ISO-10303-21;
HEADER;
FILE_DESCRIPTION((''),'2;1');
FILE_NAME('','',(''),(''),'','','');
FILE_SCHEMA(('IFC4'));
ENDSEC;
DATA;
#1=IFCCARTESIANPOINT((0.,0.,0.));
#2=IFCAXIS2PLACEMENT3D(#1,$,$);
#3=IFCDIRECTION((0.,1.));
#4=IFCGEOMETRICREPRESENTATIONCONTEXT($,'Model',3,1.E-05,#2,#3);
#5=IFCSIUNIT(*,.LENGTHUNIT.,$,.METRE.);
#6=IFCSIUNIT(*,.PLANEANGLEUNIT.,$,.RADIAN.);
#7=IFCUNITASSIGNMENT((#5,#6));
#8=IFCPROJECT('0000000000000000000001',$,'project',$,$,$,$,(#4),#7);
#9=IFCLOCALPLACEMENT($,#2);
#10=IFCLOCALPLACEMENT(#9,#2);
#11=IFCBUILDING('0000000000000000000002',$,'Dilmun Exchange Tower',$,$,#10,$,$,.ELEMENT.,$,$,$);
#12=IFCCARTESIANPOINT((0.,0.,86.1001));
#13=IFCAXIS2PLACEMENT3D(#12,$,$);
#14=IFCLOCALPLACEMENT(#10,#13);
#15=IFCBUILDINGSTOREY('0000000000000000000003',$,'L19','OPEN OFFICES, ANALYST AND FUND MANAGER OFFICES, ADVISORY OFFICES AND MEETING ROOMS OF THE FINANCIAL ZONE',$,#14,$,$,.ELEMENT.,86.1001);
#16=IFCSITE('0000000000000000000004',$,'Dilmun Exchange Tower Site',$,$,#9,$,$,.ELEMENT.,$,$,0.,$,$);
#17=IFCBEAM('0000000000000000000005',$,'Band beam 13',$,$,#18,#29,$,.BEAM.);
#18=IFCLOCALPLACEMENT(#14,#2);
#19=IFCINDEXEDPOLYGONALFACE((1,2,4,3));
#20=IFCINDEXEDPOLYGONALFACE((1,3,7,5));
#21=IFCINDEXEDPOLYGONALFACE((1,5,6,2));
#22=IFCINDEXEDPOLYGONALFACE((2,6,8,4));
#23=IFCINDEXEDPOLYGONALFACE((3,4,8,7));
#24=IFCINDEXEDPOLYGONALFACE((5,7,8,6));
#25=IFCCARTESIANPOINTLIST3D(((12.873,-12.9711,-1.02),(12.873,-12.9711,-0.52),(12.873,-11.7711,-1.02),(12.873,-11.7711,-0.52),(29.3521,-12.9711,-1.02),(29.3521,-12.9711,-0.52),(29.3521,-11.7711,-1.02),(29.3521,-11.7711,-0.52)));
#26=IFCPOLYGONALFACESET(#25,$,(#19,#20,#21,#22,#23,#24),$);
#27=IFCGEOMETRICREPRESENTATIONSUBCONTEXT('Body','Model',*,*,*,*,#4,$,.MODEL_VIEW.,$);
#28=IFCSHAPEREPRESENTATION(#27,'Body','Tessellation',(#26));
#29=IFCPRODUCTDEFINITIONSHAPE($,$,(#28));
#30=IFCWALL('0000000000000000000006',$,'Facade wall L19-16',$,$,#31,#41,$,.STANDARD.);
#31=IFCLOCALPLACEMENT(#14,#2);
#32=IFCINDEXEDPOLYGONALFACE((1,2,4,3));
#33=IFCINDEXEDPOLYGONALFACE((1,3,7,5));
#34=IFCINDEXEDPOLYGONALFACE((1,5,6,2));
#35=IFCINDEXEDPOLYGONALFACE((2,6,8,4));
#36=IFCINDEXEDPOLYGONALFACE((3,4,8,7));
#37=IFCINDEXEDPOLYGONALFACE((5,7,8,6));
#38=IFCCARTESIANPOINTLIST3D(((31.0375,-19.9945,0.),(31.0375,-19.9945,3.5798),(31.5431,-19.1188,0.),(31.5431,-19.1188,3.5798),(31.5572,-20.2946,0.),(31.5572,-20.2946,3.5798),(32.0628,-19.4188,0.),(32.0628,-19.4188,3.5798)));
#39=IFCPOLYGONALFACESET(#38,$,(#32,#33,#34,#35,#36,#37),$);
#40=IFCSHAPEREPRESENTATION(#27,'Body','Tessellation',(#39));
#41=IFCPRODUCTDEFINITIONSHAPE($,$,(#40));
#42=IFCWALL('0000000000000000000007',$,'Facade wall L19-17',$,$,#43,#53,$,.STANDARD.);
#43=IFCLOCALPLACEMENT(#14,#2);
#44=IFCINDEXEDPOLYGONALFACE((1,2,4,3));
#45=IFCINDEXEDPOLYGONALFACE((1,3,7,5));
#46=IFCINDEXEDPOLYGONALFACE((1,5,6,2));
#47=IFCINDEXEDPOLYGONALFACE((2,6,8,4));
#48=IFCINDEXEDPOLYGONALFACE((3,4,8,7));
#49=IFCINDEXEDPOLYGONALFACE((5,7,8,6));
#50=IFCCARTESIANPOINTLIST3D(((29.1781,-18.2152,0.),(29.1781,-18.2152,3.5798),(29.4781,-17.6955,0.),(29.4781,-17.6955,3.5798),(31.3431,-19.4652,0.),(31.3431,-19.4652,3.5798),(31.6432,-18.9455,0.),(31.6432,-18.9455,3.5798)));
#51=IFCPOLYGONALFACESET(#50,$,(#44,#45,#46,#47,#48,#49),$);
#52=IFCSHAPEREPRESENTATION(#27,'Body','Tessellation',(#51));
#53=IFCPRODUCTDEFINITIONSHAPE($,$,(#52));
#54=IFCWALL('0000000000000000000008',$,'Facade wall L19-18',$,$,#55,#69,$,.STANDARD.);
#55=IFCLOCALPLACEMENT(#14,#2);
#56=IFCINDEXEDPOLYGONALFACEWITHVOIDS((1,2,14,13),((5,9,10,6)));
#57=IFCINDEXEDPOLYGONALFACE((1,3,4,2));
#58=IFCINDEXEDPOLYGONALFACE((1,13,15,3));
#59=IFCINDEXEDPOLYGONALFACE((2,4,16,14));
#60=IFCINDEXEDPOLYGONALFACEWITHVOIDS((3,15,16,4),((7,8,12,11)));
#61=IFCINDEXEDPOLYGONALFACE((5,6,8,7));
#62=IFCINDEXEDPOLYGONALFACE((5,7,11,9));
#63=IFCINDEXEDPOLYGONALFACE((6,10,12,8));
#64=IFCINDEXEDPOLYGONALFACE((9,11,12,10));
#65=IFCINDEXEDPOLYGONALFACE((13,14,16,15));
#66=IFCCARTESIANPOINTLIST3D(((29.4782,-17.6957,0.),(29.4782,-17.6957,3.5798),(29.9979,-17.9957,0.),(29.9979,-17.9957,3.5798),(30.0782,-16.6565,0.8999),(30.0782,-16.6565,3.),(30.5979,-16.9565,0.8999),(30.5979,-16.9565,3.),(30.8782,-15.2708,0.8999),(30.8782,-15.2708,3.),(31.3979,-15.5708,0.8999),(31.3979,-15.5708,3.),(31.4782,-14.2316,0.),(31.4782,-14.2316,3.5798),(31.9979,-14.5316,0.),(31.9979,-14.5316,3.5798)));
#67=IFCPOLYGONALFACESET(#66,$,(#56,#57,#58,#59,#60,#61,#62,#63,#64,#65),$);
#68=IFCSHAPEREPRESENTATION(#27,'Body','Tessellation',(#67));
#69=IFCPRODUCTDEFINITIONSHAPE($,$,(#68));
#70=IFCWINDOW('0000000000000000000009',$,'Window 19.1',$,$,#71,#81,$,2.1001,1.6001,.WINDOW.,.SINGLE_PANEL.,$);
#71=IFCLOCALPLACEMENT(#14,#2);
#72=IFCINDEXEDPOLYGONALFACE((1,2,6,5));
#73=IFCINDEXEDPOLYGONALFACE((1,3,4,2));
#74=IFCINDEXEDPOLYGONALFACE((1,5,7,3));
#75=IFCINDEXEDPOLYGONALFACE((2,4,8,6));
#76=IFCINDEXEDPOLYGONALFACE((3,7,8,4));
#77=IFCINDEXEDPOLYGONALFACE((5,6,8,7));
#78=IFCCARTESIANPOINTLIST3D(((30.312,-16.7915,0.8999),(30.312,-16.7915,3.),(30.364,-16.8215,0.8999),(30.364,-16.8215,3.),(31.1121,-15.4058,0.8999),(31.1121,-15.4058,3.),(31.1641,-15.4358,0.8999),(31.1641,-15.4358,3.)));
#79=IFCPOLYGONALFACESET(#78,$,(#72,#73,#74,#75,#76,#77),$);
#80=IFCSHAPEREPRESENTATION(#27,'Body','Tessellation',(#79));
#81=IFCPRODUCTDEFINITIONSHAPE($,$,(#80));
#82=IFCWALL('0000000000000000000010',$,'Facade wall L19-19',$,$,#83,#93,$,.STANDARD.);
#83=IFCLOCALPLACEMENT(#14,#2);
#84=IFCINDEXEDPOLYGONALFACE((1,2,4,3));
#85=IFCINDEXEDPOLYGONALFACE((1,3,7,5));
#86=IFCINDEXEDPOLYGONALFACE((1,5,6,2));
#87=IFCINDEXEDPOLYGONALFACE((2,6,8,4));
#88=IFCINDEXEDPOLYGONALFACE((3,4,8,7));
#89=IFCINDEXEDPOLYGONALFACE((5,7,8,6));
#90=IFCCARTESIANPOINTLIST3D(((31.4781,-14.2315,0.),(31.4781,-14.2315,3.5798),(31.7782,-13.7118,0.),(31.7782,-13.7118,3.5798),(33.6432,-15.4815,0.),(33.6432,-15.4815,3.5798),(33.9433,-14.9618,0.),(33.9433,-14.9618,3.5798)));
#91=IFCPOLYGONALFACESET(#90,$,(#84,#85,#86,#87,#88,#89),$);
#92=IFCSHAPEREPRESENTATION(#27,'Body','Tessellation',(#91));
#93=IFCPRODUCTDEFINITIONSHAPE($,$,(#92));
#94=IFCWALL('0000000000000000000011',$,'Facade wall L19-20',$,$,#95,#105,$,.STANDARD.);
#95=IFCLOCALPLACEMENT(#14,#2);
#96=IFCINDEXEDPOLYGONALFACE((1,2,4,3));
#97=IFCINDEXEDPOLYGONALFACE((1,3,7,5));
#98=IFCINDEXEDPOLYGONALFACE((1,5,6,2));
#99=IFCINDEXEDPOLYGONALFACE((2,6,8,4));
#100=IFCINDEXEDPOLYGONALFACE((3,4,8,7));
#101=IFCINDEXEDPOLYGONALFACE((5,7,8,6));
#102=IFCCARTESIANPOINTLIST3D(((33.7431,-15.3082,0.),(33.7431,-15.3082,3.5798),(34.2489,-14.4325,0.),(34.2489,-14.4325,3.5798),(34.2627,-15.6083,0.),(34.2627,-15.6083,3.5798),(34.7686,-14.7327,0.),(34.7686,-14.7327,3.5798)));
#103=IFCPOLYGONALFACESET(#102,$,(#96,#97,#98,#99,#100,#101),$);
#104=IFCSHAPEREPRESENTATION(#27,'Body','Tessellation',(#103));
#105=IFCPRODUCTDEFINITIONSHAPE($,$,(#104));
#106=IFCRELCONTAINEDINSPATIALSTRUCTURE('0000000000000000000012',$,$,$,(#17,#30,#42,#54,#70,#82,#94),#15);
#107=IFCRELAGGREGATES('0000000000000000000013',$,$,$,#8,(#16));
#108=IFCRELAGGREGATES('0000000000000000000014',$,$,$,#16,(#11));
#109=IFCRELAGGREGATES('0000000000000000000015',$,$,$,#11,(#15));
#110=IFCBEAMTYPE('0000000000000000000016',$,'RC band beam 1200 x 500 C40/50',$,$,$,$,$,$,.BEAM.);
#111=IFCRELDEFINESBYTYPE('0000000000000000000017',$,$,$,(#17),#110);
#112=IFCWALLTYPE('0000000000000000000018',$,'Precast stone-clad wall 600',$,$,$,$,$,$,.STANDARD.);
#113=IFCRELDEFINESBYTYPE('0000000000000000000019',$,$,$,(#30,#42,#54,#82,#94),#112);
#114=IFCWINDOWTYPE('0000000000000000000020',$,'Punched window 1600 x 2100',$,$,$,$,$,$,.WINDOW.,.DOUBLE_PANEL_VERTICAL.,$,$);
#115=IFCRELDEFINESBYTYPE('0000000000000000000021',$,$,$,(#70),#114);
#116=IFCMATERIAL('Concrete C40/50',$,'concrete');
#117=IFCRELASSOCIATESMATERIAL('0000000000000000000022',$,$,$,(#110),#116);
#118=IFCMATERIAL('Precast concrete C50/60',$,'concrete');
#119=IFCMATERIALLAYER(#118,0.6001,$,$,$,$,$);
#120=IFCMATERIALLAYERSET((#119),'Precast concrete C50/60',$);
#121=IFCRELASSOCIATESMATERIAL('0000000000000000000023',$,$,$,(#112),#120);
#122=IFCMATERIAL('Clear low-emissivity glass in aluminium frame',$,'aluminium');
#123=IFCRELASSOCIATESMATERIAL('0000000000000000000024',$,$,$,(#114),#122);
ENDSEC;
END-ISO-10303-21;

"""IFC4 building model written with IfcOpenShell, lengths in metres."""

from ifc_helpers import new_model, si_unit, direction, frame, frame_2d, origin, origin_2d, place, context, subcontext, project, spatial, rectangle, extrude, material, layer, layer_set, material_profile, profile_set, type_object, element, fill, save


model = new_model("IFC4")

# Units and contexts
model_context = context("Model", 3, precision=1e-05, world=origin(), true_north=direction((0.0, 1.0)))
body_context = subcontext(model_context, "Body", "Model", "MODEL_VIEW")
ifc_project = project(units=[si_unit("LENGTHUNIT", "METRE"), si_unit("PLANEANGLEUNIT", "RADIAN")], contexts=[model_context])

# Site, building, storey
site_placement = place(None, origin())
site = spatial("IfcSite", under=ifc_project, at=site_placement, Name="Dilmun Exchange Tower Site", CompositionType="ELEMENT", RefElevation=0.0)
building_placement = place(site_placement, origin())
building = spatial("IfcBuilding", under=site, at=building_placement, Name="Dilmun Exchange Tower", CompositionType="ELEMENT")
storey_placement = place(building_placement, frame((0.0, 0.0, 86.1001)))
storey = spatial("IfcBuildingStorey", under=building, at=storey_placement, Name="L19", Description="OPEN OFFICES, ANALYST AND FUND MANAGER OFFICES, ADVISORY OFFICES AND MEETING ROOMS OF THE FINANCIAL ZONE", CompositionType="ELEMENT", Elevation=86.1001)

# Beam
ifc_material_1 = material(Name="Concrete C40/50", Category="concrete")
ifc_material_profile = material_profile(ifc_material_1, rectangle(XDim=1.2, YDim=0.5, at=origin_2d()), Name="1200 x 500")
ifc_profile_set = profile_set([ifc_material_profile], Name="Concrete C40/50")
beam_type = type_object("IfcBeamType", Name="RC band beam 1200 x 500 C40/50", PredefinedType="BEAM", material=ifc_profile_set)
beam_placement = place(storey_placement, frame((29.3521, -12.3711, -0.77), z_axis=(-1.0, 0.0, 0.0), x_axis=(0.0, -1.0, 0.0)))
element("IfcBeam", 1, at=beam_placement, inside=storey, type_object=beam_type, Name="Band beam 13", PredefinedType="BEAM", context=body_context, shape_type="SweptSolid", body=[
    extrude(rectangle(XDim=1.2, YDim=0.5, at=origin_2d()), origin(), (0.0, 0.0, 1.0), 16.479),
])

# Walls
ifc_material_2 = material(Name="Precast concrete C50/60", Category="concrete")
ifc_layer = layer(ifc_material_2, 0.6001)
ifc_layer_set = layer_set([ifc_layer], Name="Precast concrete C50/60")
wall_type = type_object("IfcWallType", Name="Precast stone-clad wall 600", PredefinedType="STANDARD", material=ifc_layer_set)
wall_1_placement = place(storey_placement, frame((31.2974, -20.1445, 0.0), z_axis=(0.0, 0.0, 1.0), x_axis=(0.500008, 0.866021, 0.0)))
element("IfcWall", 2, at=wall_1_placement, inside=storey, type_object=wall_type, Name="Facade wall L19-16", PredefinedType="STANDARD", context=body_context, shape_type="SweptSolid", body=[
    extrude(rectangle(XDim=1.0112, YDim=0.6001, at=frame_2d((0.5056, 0.0))), origin(), (0.0, 0.0, 1.0), 3.5798),
])
wall_2_placement = place(storey_placement, frame((31.4932, -19.2053, 0.0), z_axis=(0.0, 0.0, 1.0), x_axis=(-0.866023, 0.500004, 0.0)))
element("IfcWall", 3, at=wall_2_placement, inside=storey, type_object=wall_type, Name="Facade wall L19-17", PredefinedType="STANDARD", context=body_context, shape_type="SweptSolid", body=[
    extrude(rectangle(XDim=2.5, YDim=0.6001, at=frame_2d((1.25, 0.0))), origin(), (0.0, 0.0, 1.0), 3.5798),
])

# Wall, opening, window
wall_3_placement = place(storey_placement, frame((29.738, -17.8457, 0.0), z_axis=(0.0, 0.0, 1.0), x_axis=(0.499999, 0.866026, 0.0)))
wall_3 = element("IfcWall", 4, at=wall_3_placement, inside=storey, type_object=wall_type, Name="Facade wall L19-18", PredefinedType="STANDARD", context=body_context, shape_type="SweptSolid", body=[
    extrude(rectangle(XDim=4.0, YDim=0.6001, at=frame_2d((2.0, 0.0))), origin(), (0.0, 0.0, 1.0), 3.5798),
])
opening_1_placement = place(wall_3_placement, frame((1.2, 0.0, 0.8999)))
opening_1 = element("IfcOpeningElement", 5, at=opening_1_placement, cuts=wall_3, PredefinedType="OPENING", context=body_context, shape_type="SweptSolid", body=[
    extrude(rectangle(XDim=1.6001, YDim=2.1001, at=frame_2d((0.8, 1.05))), frame((0.0, 0.3101, 0.0), z_axis=(0.0, -1.0, 0.0), x_axis=(1.0, 0.0, 0.0)), (0.0, 0.0, 1.0), 0.6201),
])
ifc_material_3 = material(Name="Clear low-emissivity glass in aluminium frame", Category="aluminium")
window_type_1 = type_object("IfcWindowType", Name="Punched window 1600 x 2100", PartitioningType="DOUBLE_PANEL_VERTICAL", PredefinedType="WINDOW", material=ifc_material_3)
window_1_placement = place(opening_1_placement, origin())
window_1 = element("IfcWindow", 6, at=window_1_placement, inside=storey, type_object=window_type_1, Name="Window 19.1", OverallHeight=2.1001, OverallWidth=1.6001, PartitioningType="SINGLE_PANEL", PredefinedType="WINDOW", context=body_context, shape_type="SweptSolid", body=[
    extrude(rectangle(XDim=1.6001, YDim=2.1001, at=frame_2d((0.8, 1.05))), frame((0.0, 0.03, 0.0), z_axis=(0.0, -1.0, 0.0), x_axis=(1.0, 0.0, 0.0)), (0.0, 0.0, 1.0), 0.0601),
])
fill(opening_1, window_1)

# Walls
wall_4_placement = place(storey_placement, frame((31.6282, -13.9717, 0.0), z_axis=(0.0, 0.0, 1.0), x_axis=(0.866023, -0.500004, 0.0)))
element("IfcWall", 7, at=wall_4_placement, inside=storey, type_object=wall_type, Name="Facade wall L19-19", PredefinedType="STANDARD", context=body_context, shape_type="SweptSolid", body=[
    extrude(rectangle(XDim=2.5, YDim=0.6001, at=frame_2d((1.25, 0.0))), origin(), (0.0, 0.0, 1.0), 3.5798),
])
wall_5_placement = place(storey_placement, frame((34.0029, -15.4583, 0.0), z_axis=(0.0, 0.0, 1.0), x_axis=(0.500189, 0.865916, 0.0)))
element("IfcWall", 8, at=wall_5_placement, inside=storey, type_object=wall_type, Name="Facade wall L19-20", PredefinedType="STANDARD", context=body_context, shape_type="SweptSolid", body=[
    extrude(rectangle(XDim=1.0112, YDim=0.6001, at=frame_2d((0.5056, 0.0))), origin(), (0.0, 0.0, 1.0), 3.5798),
])

save(model, "model.ifc")
